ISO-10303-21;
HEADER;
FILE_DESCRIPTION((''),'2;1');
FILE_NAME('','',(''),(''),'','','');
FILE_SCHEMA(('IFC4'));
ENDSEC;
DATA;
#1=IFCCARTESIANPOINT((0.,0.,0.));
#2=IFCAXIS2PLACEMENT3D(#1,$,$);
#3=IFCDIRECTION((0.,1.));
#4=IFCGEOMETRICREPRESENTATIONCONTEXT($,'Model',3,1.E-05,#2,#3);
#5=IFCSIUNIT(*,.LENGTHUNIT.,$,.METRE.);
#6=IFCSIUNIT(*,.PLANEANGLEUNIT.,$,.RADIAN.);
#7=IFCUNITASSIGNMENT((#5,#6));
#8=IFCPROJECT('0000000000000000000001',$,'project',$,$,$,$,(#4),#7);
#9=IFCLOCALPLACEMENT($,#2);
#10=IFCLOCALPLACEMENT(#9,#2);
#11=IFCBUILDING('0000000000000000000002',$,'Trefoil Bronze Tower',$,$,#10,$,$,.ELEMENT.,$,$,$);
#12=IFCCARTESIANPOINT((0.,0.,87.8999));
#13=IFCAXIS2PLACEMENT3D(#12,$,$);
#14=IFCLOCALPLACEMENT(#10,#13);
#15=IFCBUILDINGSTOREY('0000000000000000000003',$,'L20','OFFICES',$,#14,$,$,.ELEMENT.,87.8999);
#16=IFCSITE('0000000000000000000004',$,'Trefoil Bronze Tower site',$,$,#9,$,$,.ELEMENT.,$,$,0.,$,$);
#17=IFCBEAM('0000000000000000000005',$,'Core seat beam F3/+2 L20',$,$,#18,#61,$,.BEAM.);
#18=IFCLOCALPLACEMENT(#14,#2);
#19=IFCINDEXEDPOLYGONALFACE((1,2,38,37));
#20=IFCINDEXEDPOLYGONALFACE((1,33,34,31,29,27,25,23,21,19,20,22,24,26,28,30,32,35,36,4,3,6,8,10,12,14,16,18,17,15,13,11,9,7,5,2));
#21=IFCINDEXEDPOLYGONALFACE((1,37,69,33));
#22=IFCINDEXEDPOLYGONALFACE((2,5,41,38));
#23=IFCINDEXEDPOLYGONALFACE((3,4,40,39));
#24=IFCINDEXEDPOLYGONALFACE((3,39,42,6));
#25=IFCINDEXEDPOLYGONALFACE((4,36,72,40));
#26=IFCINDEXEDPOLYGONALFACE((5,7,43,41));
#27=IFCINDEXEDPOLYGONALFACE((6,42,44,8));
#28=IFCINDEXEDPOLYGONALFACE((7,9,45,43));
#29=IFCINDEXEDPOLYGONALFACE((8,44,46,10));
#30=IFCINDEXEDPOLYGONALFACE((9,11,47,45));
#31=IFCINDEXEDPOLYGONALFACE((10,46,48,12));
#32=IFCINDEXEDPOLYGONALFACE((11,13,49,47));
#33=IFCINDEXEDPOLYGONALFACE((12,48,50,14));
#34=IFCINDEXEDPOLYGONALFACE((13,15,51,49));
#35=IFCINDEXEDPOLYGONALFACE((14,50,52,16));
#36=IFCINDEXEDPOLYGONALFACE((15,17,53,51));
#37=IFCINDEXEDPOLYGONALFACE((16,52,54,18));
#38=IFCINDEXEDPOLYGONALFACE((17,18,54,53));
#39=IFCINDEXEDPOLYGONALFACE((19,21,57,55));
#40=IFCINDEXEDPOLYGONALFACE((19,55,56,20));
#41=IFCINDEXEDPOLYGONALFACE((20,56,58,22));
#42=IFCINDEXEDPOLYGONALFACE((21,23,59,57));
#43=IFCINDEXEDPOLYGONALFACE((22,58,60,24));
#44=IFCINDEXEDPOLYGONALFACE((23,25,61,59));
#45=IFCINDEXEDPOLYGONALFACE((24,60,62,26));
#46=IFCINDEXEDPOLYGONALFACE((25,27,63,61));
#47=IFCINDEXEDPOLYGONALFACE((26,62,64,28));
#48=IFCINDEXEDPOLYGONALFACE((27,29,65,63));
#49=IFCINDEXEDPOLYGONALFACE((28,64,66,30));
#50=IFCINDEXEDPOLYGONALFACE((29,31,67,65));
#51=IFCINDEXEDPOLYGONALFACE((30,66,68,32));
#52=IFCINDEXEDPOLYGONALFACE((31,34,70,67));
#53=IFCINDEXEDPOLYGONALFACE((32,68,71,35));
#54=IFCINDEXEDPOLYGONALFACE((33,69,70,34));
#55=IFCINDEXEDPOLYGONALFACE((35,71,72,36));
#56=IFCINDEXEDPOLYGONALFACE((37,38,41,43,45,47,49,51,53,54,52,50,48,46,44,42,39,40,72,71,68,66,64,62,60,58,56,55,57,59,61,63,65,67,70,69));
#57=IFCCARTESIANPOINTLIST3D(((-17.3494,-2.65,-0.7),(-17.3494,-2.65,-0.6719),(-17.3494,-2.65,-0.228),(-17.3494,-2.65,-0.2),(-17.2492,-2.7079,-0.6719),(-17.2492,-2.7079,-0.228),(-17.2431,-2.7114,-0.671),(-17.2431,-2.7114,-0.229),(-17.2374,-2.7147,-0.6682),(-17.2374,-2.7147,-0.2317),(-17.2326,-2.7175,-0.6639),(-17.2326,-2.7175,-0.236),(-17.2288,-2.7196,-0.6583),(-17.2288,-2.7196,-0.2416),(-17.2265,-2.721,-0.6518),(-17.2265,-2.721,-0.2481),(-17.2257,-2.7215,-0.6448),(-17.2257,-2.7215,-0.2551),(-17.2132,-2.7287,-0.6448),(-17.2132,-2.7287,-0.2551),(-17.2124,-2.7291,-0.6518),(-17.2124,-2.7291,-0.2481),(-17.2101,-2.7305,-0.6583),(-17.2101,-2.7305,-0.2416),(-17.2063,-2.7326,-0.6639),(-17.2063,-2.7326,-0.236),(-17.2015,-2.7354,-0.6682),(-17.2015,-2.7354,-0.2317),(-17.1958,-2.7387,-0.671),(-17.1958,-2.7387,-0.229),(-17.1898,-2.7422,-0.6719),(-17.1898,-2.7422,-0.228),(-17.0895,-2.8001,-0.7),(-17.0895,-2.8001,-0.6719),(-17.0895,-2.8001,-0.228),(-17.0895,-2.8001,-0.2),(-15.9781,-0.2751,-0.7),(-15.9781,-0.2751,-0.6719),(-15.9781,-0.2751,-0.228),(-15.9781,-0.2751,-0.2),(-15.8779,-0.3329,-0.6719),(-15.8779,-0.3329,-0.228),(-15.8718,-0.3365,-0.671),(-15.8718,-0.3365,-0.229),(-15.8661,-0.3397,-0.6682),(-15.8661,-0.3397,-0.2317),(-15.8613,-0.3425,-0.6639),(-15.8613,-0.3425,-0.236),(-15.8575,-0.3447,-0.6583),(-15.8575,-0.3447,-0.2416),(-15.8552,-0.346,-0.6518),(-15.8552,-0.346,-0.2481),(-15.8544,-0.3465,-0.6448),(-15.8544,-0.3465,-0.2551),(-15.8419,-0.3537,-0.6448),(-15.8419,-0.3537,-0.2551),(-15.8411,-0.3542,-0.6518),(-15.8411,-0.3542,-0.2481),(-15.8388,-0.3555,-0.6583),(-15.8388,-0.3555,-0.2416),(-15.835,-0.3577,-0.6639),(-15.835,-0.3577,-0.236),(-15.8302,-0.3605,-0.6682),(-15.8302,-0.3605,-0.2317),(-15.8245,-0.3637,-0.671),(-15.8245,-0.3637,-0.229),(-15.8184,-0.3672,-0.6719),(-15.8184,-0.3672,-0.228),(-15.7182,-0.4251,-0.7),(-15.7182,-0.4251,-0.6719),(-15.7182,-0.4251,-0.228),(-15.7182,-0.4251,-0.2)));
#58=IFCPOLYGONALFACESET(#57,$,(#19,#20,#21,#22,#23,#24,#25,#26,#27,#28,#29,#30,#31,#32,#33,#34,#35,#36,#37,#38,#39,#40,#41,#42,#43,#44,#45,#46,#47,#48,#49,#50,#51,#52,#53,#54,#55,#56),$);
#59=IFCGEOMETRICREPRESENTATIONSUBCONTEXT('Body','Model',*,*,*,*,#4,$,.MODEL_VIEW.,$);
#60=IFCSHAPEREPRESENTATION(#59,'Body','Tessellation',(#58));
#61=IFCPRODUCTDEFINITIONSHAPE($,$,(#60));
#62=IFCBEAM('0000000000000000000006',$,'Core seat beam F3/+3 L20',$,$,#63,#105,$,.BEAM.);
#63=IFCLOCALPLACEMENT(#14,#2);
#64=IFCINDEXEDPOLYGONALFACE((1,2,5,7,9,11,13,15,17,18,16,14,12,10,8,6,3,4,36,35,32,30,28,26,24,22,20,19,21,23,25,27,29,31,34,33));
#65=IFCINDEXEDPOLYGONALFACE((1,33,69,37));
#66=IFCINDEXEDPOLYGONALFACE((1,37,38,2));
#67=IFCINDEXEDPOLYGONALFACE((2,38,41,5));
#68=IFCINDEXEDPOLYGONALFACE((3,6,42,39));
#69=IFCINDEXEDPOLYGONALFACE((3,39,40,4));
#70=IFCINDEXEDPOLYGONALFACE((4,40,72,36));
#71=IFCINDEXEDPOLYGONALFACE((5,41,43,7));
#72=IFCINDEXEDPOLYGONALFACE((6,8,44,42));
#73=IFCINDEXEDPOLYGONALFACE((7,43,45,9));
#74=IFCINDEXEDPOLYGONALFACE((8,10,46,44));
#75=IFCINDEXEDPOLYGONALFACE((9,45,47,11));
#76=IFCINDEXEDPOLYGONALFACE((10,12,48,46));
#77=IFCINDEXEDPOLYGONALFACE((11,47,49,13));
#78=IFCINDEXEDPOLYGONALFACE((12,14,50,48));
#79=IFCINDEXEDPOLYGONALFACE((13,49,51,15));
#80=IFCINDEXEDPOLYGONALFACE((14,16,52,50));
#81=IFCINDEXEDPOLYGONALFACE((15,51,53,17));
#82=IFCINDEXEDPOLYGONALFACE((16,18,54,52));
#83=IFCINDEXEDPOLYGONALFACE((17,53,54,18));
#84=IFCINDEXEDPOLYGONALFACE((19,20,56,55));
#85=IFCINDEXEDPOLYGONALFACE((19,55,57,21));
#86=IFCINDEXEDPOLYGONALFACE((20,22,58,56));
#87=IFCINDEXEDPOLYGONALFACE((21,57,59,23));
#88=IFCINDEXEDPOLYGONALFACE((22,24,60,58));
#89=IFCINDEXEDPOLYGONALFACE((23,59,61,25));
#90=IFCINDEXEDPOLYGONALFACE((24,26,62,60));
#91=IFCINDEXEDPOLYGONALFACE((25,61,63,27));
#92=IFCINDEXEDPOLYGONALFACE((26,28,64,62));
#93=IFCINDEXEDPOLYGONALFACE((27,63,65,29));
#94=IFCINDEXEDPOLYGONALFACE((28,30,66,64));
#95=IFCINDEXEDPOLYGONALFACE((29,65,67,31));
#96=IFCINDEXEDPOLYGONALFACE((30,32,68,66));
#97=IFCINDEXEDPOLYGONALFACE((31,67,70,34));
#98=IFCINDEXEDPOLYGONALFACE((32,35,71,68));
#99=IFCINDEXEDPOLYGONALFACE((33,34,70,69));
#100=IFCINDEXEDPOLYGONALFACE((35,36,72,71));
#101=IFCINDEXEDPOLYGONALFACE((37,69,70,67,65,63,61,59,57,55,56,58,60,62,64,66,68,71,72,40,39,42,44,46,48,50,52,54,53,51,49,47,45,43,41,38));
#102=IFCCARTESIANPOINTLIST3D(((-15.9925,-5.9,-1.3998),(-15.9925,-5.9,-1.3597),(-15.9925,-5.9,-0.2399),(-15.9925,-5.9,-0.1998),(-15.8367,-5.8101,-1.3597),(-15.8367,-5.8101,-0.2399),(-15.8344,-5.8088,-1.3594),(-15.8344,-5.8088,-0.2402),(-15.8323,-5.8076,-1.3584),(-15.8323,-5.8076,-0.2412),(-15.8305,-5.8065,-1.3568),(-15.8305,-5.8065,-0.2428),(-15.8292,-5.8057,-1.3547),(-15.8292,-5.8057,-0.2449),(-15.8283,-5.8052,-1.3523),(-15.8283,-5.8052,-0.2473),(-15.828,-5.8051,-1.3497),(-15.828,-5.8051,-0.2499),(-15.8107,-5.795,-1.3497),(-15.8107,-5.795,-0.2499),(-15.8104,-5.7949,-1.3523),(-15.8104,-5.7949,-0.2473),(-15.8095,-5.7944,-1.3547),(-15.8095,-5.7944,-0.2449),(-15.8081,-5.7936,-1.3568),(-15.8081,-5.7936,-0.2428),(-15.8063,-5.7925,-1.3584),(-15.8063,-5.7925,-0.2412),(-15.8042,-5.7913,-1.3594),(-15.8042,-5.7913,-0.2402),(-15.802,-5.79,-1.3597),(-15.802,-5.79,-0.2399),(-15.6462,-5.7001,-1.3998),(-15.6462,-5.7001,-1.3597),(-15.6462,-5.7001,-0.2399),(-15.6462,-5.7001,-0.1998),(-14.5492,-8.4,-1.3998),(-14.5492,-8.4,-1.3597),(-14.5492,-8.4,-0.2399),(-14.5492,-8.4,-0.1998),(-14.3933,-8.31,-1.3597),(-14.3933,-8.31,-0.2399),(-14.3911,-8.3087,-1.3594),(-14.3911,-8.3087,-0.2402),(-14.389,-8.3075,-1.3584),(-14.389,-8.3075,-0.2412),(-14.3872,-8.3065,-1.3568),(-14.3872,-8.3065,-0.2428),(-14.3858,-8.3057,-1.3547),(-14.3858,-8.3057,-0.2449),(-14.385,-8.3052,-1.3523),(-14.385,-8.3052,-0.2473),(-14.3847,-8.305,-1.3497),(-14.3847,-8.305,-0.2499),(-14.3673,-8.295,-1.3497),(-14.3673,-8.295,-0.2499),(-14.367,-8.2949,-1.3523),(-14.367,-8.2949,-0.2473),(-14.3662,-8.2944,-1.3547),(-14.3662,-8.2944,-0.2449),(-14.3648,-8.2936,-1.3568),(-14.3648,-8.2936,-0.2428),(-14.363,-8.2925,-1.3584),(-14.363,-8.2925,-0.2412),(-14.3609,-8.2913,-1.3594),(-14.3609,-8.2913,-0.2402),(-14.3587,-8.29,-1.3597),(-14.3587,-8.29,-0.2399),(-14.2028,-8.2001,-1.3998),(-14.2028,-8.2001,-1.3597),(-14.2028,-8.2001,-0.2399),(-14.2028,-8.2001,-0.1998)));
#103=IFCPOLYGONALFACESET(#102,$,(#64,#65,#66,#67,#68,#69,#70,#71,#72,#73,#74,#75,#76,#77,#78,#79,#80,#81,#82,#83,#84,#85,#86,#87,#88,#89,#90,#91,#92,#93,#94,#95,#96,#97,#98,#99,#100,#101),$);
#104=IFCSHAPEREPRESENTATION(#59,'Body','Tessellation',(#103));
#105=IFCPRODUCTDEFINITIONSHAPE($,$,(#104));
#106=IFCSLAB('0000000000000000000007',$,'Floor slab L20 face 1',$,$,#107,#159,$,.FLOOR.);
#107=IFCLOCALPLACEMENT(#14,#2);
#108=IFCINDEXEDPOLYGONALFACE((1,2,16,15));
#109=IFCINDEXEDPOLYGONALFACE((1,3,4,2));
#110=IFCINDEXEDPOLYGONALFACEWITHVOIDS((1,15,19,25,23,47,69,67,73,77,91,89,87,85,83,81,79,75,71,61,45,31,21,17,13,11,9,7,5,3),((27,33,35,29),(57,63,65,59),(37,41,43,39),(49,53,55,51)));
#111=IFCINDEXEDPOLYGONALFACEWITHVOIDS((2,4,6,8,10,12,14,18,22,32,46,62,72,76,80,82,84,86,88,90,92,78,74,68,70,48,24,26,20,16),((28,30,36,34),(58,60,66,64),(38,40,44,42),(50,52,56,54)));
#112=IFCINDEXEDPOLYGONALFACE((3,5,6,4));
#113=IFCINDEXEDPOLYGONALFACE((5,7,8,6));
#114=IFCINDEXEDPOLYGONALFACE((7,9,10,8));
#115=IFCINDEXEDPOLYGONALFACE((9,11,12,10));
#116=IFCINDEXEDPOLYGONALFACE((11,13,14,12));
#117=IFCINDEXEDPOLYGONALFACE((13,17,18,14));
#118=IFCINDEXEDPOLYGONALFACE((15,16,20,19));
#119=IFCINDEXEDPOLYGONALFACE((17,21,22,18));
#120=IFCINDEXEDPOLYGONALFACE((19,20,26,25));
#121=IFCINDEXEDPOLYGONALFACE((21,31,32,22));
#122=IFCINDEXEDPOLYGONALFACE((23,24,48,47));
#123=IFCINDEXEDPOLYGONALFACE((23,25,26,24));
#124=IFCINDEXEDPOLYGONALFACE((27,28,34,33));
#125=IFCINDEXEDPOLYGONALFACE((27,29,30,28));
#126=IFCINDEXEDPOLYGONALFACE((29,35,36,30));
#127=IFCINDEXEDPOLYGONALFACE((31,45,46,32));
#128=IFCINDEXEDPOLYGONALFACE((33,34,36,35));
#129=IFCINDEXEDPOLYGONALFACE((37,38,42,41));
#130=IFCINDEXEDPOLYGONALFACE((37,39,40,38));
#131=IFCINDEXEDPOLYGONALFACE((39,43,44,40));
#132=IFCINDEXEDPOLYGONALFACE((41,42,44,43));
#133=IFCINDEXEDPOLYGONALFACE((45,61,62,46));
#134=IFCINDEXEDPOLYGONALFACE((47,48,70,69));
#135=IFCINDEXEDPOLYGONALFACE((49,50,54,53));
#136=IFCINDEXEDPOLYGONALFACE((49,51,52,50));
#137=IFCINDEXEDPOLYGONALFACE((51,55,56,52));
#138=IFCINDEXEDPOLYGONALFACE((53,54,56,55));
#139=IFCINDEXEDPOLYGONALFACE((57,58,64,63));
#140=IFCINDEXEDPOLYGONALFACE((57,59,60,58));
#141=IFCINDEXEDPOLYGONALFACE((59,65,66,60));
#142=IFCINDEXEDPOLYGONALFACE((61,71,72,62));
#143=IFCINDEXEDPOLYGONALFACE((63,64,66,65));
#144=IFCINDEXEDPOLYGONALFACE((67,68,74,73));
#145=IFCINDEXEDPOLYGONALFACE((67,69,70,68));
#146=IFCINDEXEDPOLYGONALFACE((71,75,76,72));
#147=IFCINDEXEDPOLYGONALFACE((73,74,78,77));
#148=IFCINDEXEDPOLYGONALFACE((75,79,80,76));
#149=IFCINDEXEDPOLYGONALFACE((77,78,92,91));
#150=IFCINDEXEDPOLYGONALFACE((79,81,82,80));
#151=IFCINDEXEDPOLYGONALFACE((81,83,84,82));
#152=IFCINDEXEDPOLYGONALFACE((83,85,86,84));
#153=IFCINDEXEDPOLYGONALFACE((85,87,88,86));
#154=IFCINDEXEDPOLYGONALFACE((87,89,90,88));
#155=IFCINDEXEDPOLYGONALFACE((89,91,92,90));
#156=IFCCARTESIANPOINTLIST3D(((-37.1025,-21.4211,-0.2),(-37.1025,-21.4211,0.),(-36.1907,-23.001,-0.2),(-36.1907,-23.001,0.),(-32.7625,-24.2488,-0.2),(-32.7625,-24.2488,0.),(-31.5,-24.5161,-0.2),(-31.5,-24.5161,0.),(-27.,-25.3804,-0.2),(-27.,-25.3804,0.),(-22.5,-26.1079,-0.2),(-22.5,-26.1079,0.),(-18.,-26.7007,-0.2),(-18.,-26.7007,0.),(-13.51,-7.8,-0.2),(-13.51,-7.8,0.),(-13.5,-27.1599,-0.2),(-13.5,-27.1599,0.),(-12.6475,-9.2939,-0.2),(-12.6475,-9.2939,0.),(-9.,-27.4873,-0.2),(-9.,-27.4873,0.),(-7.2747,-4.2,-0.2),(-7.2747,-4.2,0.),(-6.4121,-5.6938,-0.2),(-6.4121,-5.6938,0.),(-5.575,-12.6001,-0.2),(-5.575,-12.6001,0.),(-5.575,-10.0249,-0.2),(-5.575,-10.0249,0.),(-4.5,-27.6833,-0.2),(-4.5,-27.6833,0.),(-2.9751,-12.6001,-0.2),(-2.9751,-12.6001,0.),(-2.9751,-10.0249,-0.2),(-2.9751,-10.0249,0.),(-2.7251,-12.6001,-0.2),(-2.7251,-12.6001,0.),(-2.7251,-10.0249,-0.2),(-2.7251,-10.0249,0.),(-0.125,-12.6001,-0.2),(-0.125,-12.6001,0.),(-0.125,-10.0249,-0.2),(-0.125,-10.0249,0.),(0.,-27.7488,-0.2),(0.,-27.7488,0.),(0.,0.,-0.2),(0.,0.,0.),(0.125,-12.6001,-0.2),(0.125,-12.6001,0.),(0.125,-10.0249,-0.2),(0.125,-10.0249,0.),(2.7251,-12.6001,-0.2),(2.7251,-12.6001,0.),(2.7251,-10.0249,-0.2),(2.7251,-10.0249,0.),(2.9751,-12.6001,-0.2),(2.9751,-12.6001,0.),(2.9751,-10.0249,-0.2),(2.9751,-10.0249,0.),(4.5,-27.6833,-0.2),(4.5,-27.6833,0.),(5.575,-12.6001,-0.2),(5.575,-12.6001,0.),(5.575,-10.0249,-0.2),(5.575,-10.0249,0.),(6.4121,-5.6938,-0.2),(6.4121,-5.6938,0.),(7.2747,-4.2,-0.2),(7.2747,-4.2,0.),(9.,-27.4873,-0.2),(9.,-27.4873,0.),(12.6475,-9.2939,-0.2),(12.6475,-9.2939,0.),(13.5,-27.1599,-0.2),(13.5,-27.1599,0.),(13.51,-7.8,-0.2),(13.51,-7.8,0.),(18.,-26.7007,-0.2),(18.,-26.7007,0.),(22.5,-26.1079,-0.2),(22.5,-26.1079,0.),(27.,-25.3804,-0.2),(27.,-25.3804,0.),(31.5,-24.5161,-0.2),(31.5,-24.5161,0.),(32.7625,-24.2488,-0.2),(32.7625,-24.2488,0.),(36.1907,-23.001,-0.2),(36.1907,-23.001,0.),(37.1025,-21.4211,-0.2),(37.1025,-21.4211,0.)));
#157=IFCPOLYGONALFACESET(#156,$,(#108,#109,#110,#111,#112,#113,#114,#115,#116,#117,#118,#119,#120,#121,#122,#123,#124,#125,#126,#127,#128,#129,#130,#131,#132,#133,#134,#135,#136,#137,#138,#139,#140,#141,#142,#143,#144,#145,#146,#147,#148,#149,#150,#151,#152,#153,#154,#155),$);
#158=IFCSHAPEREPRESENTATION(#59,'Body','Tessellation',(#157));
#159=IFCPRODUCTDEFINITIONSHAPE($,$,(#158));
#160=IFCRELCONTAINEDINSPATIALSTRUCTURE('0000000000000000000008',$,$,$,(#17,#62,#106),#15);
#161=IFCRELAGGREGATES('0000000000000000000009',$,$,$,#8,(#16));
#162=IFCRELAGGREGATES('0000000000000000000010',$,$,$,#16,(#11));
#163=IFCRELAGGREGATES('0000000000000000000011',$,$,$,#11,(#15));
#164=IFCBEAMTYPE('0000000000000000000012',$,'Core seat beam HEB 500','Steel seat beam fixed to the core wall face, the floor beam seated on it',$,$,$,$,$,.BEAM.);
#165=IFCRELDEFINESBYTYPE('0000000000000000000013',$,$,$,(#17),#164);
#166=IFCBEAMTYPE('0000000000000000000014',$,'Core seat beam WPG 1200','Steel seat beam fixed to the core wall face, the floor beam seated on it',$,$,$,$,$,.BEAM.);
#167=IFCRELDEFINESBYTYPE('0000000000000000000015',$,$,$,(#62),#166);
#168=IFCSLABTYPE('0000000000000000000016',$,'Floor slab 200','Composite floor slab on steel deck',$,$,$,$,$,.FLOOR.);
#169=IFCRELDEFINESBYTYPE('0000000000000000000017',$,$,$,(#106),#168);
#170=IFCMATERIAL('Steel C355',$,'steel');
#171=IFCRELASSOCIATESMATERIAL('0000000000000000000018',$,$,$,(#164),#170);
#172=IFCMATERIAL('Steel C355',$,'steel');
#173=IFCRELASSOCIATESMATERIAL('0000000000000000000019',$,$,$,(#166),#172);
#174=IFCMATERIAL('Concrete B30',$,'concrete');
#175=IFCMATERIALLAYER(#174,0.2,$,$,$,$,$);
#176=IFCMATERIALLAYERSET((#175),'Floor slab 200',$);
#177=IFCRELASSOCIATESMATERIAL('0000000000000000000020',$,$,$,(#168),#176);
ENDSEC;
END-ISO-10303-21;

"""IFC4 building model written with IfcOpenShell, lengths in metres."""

from ifc_helpers import new_model, si_unit, direction, frame, origin, origin_2d, place, context, subcontext, project, spatial, polyline, i_section, outline, extrude, material, layer, layer_set, material_profile, profile_set, type_object, element, save


model = new_model("IFC4")

# Units and contexts
model_context = context("Model", 3, precision=1e-05, world=origin(), true_north=direction((0.0, 1.0)))
body_context = subcontext(model_context, "Body", "Model", "MODEL_VIEW")
ifc_project = project(units=[si_unit("LENGTHUNIT", "METRE"), si_unit("PLANEANGLEUNIT", "RADIAN")], contexts=[model_context])

# Site, building, storey
site_placement = place(None, origin())
site = spatial("IfcSite", under=ifc_project, at=site_placement, Name="Trefoil Bronze Tower site", CompositionType="ELEMENT", RefElevation=0.0)
building_placement = place(site_placement, origin())
building = spatial("IfcBuilding", under=site, at=building_placement, Name="Trefoil Bronze Tower", CompositionType="ELEMENT")
storey_placement = place(building_placement, frame((0.0, 0.0, 87.8999)))
storey = spatial("IfcBuildingStorey", under=building, at=storey_placement, Name="L20", Description="OFFICES", CompositionType="ELEMENT", Elevation=87.8999)

# Beams
ifc_material_1 = material(Name="Steel C355", Category="steel")
ifc_material_profile_1 = material_profile(ifc_material_1, i_section(OverallWidth=0.3, OverallDepth=0.5, WebThickness=0.0144, FlangeThickness=0.0281, FilletRadius=0.0271, at=origin_2d()), Name="HEB 500")
ifc_profile_set_1 = profile_set([ifc_material_profile_1], Name="Steel C355")
beam_type_1 = type_object("IfcBeamType", Name="Core seat beam HEB 500", Description="Steel seat beam fixed to the core wall face, the floor beam seated on it", PredefinedType="BEAM", material=ifc_profile_set_1)
beam_1_placement = place(storey_placement, frame((-15.8481, -0.3501, -0.45), z_axis=(-0.500036, -0.866005, 0.0), x_axis=(0.866005, -0.500036, 0.0)))
element("IfcBeam", 1, at=beam_1_placement, inside=storey, type_object=beam_type_1, Name="Core seat beam F3/+2 L20", PredefinedType="BEAM", context=body_context, shape_type="SweptSolid", body=[
    extrude(i_section(OverallWidth=0.3, OverallDepth=0.5, WebThickness=0.0144, FlangeThickness=0.0281, FilletRadius=0.0271, at=origin_2d()), origin(), (0.0, 0.0, 1.0), 2.7424),
])
ifc_material_2 = material(Name="Steel C355", Category="steel")
ifc_material_profile_2 = material_profile(ifc_material_2, i_section(OverallWidth=0.3999, OverallDepth=1.2, WebThickness=0.02, FlangeThickness=0.04, FilletRadius=0.01, at=origin_2d()), Name="WPG 1200")
ifc_profile_set_2 = profile_set([ifc_material_profile_2], Name="Steel C355")
beam_type_2 = type_object("IfcBeamType", Name="Core seat beam WPG 1200", Description="Steel seat beam fixed to the core wall face, the floor beam seated on it", PredefinedType="BEAM", material=ifc_profile_set_2)
beam_2_placement = place(storey_placement, frame((-15.8193, -5.8, -0.7998), z_axis=(0.499996, -0.866028, 0.0), x_axis=(0.866028, 0.499996, 0.0)))
element("IfcBeam", 2, at=beam_2_placement, inside=storey, type_object=beam_type_2, Name="Core seat beam F3/+3 L20", PredefinedType="BEAM", context=body_context, shape_type="SweptSolid", body=[
    extrude(i_section(OverallWidth=0.3999, OverallDepth=1.2, WebThickness=0.02, FlangeThickness=0.04, FilletRadius=0.01, at=origin_2d()), origin(), (0.0, 0.0, 1.0), 2.8867),
])

# Slab
ifc_material_3 = material(Name="Concrete B30", Category="concrete")
ifc_layer_1 = layer(ifc_material_3, 0.2)
ifc_layer_set_1 = layer_set([ifc_layer_1], Name="Floor slab 200")
slab_type = type_object("IfcSlabType", Name="Floor slab 200", Description="Composite floor slab on steel deck", PredefinedType="FLOOR", material=ifc_layer_set_1)
slab_1_placement = place(storey_placement, frame((0.0, 0.0, -0.2)))
element("IfcSlab", 3, at=slab_1_placement, inside=storey, type_object=slab_type, Name="Floor slab L20 face 1", PredefinedType="FLOOR", context=body_context, shape_type="SweptSolid", body=[
    extrude(outline(polyline([(27.0, -25.3804), (22.5, -26.1079), (18.0, -26.7007), (13.5, -27.1599), (9.0, -27.4873), (4.5, -27.6833), (0.0, -27.7488), (-4.5, -27.6833), (-9.0, -27.4873), (-13.5, -27.1599), (-18.0, -26.7007), (-22.5, -26.1079), (-27.0, -25.3804), (-31.5, -24.5161), (-32.7625, -24.2488), (-36.1907, -23.001), (-37.1025, -21.4211), (-13.51, -7.8), (-12.6475, -9.2939), (-6.4121, -5.6938), (-7.2747, -4.2), (0.0, 0.0), (7.2747, -4.2), (6.4121, -5.6938), (12.6475, -9.2939), (13.51, -7.8), (37.1025, -21.4211), (36.1907, -23.001), (32.7625, -24.2488), (31.5, -24.5161), (27.0, -25.3804)]), holes=[polyline([(-5.575, -10.0249), (-2.9751, -10.0249), (-2.9751, -12.6001), (-5.575, -12.6001), (-5.575, -10.0249)]), polyline([(-2.7251, -10.0249), (-0.125, -10.0249), (-0.125, -12.6001), (-2.7251, -12.6001), (-2.7251, -10.0249)]), polyline([(0.125, -10.0249), (2.7251, -10.0249), (2.7251, -12.6001), (0.125, -12.6001), (0.125, -10.0249)]), polyline([(2.9751, -10.0249), (5.575, -10.0249), (5.575, -12.6001), (2.9751, -12.6001), (2.9751, -10.0249)])]), origin(), (0.0, 0.0, 1.0), 0.2),
])

save(model, "model.ifc")
